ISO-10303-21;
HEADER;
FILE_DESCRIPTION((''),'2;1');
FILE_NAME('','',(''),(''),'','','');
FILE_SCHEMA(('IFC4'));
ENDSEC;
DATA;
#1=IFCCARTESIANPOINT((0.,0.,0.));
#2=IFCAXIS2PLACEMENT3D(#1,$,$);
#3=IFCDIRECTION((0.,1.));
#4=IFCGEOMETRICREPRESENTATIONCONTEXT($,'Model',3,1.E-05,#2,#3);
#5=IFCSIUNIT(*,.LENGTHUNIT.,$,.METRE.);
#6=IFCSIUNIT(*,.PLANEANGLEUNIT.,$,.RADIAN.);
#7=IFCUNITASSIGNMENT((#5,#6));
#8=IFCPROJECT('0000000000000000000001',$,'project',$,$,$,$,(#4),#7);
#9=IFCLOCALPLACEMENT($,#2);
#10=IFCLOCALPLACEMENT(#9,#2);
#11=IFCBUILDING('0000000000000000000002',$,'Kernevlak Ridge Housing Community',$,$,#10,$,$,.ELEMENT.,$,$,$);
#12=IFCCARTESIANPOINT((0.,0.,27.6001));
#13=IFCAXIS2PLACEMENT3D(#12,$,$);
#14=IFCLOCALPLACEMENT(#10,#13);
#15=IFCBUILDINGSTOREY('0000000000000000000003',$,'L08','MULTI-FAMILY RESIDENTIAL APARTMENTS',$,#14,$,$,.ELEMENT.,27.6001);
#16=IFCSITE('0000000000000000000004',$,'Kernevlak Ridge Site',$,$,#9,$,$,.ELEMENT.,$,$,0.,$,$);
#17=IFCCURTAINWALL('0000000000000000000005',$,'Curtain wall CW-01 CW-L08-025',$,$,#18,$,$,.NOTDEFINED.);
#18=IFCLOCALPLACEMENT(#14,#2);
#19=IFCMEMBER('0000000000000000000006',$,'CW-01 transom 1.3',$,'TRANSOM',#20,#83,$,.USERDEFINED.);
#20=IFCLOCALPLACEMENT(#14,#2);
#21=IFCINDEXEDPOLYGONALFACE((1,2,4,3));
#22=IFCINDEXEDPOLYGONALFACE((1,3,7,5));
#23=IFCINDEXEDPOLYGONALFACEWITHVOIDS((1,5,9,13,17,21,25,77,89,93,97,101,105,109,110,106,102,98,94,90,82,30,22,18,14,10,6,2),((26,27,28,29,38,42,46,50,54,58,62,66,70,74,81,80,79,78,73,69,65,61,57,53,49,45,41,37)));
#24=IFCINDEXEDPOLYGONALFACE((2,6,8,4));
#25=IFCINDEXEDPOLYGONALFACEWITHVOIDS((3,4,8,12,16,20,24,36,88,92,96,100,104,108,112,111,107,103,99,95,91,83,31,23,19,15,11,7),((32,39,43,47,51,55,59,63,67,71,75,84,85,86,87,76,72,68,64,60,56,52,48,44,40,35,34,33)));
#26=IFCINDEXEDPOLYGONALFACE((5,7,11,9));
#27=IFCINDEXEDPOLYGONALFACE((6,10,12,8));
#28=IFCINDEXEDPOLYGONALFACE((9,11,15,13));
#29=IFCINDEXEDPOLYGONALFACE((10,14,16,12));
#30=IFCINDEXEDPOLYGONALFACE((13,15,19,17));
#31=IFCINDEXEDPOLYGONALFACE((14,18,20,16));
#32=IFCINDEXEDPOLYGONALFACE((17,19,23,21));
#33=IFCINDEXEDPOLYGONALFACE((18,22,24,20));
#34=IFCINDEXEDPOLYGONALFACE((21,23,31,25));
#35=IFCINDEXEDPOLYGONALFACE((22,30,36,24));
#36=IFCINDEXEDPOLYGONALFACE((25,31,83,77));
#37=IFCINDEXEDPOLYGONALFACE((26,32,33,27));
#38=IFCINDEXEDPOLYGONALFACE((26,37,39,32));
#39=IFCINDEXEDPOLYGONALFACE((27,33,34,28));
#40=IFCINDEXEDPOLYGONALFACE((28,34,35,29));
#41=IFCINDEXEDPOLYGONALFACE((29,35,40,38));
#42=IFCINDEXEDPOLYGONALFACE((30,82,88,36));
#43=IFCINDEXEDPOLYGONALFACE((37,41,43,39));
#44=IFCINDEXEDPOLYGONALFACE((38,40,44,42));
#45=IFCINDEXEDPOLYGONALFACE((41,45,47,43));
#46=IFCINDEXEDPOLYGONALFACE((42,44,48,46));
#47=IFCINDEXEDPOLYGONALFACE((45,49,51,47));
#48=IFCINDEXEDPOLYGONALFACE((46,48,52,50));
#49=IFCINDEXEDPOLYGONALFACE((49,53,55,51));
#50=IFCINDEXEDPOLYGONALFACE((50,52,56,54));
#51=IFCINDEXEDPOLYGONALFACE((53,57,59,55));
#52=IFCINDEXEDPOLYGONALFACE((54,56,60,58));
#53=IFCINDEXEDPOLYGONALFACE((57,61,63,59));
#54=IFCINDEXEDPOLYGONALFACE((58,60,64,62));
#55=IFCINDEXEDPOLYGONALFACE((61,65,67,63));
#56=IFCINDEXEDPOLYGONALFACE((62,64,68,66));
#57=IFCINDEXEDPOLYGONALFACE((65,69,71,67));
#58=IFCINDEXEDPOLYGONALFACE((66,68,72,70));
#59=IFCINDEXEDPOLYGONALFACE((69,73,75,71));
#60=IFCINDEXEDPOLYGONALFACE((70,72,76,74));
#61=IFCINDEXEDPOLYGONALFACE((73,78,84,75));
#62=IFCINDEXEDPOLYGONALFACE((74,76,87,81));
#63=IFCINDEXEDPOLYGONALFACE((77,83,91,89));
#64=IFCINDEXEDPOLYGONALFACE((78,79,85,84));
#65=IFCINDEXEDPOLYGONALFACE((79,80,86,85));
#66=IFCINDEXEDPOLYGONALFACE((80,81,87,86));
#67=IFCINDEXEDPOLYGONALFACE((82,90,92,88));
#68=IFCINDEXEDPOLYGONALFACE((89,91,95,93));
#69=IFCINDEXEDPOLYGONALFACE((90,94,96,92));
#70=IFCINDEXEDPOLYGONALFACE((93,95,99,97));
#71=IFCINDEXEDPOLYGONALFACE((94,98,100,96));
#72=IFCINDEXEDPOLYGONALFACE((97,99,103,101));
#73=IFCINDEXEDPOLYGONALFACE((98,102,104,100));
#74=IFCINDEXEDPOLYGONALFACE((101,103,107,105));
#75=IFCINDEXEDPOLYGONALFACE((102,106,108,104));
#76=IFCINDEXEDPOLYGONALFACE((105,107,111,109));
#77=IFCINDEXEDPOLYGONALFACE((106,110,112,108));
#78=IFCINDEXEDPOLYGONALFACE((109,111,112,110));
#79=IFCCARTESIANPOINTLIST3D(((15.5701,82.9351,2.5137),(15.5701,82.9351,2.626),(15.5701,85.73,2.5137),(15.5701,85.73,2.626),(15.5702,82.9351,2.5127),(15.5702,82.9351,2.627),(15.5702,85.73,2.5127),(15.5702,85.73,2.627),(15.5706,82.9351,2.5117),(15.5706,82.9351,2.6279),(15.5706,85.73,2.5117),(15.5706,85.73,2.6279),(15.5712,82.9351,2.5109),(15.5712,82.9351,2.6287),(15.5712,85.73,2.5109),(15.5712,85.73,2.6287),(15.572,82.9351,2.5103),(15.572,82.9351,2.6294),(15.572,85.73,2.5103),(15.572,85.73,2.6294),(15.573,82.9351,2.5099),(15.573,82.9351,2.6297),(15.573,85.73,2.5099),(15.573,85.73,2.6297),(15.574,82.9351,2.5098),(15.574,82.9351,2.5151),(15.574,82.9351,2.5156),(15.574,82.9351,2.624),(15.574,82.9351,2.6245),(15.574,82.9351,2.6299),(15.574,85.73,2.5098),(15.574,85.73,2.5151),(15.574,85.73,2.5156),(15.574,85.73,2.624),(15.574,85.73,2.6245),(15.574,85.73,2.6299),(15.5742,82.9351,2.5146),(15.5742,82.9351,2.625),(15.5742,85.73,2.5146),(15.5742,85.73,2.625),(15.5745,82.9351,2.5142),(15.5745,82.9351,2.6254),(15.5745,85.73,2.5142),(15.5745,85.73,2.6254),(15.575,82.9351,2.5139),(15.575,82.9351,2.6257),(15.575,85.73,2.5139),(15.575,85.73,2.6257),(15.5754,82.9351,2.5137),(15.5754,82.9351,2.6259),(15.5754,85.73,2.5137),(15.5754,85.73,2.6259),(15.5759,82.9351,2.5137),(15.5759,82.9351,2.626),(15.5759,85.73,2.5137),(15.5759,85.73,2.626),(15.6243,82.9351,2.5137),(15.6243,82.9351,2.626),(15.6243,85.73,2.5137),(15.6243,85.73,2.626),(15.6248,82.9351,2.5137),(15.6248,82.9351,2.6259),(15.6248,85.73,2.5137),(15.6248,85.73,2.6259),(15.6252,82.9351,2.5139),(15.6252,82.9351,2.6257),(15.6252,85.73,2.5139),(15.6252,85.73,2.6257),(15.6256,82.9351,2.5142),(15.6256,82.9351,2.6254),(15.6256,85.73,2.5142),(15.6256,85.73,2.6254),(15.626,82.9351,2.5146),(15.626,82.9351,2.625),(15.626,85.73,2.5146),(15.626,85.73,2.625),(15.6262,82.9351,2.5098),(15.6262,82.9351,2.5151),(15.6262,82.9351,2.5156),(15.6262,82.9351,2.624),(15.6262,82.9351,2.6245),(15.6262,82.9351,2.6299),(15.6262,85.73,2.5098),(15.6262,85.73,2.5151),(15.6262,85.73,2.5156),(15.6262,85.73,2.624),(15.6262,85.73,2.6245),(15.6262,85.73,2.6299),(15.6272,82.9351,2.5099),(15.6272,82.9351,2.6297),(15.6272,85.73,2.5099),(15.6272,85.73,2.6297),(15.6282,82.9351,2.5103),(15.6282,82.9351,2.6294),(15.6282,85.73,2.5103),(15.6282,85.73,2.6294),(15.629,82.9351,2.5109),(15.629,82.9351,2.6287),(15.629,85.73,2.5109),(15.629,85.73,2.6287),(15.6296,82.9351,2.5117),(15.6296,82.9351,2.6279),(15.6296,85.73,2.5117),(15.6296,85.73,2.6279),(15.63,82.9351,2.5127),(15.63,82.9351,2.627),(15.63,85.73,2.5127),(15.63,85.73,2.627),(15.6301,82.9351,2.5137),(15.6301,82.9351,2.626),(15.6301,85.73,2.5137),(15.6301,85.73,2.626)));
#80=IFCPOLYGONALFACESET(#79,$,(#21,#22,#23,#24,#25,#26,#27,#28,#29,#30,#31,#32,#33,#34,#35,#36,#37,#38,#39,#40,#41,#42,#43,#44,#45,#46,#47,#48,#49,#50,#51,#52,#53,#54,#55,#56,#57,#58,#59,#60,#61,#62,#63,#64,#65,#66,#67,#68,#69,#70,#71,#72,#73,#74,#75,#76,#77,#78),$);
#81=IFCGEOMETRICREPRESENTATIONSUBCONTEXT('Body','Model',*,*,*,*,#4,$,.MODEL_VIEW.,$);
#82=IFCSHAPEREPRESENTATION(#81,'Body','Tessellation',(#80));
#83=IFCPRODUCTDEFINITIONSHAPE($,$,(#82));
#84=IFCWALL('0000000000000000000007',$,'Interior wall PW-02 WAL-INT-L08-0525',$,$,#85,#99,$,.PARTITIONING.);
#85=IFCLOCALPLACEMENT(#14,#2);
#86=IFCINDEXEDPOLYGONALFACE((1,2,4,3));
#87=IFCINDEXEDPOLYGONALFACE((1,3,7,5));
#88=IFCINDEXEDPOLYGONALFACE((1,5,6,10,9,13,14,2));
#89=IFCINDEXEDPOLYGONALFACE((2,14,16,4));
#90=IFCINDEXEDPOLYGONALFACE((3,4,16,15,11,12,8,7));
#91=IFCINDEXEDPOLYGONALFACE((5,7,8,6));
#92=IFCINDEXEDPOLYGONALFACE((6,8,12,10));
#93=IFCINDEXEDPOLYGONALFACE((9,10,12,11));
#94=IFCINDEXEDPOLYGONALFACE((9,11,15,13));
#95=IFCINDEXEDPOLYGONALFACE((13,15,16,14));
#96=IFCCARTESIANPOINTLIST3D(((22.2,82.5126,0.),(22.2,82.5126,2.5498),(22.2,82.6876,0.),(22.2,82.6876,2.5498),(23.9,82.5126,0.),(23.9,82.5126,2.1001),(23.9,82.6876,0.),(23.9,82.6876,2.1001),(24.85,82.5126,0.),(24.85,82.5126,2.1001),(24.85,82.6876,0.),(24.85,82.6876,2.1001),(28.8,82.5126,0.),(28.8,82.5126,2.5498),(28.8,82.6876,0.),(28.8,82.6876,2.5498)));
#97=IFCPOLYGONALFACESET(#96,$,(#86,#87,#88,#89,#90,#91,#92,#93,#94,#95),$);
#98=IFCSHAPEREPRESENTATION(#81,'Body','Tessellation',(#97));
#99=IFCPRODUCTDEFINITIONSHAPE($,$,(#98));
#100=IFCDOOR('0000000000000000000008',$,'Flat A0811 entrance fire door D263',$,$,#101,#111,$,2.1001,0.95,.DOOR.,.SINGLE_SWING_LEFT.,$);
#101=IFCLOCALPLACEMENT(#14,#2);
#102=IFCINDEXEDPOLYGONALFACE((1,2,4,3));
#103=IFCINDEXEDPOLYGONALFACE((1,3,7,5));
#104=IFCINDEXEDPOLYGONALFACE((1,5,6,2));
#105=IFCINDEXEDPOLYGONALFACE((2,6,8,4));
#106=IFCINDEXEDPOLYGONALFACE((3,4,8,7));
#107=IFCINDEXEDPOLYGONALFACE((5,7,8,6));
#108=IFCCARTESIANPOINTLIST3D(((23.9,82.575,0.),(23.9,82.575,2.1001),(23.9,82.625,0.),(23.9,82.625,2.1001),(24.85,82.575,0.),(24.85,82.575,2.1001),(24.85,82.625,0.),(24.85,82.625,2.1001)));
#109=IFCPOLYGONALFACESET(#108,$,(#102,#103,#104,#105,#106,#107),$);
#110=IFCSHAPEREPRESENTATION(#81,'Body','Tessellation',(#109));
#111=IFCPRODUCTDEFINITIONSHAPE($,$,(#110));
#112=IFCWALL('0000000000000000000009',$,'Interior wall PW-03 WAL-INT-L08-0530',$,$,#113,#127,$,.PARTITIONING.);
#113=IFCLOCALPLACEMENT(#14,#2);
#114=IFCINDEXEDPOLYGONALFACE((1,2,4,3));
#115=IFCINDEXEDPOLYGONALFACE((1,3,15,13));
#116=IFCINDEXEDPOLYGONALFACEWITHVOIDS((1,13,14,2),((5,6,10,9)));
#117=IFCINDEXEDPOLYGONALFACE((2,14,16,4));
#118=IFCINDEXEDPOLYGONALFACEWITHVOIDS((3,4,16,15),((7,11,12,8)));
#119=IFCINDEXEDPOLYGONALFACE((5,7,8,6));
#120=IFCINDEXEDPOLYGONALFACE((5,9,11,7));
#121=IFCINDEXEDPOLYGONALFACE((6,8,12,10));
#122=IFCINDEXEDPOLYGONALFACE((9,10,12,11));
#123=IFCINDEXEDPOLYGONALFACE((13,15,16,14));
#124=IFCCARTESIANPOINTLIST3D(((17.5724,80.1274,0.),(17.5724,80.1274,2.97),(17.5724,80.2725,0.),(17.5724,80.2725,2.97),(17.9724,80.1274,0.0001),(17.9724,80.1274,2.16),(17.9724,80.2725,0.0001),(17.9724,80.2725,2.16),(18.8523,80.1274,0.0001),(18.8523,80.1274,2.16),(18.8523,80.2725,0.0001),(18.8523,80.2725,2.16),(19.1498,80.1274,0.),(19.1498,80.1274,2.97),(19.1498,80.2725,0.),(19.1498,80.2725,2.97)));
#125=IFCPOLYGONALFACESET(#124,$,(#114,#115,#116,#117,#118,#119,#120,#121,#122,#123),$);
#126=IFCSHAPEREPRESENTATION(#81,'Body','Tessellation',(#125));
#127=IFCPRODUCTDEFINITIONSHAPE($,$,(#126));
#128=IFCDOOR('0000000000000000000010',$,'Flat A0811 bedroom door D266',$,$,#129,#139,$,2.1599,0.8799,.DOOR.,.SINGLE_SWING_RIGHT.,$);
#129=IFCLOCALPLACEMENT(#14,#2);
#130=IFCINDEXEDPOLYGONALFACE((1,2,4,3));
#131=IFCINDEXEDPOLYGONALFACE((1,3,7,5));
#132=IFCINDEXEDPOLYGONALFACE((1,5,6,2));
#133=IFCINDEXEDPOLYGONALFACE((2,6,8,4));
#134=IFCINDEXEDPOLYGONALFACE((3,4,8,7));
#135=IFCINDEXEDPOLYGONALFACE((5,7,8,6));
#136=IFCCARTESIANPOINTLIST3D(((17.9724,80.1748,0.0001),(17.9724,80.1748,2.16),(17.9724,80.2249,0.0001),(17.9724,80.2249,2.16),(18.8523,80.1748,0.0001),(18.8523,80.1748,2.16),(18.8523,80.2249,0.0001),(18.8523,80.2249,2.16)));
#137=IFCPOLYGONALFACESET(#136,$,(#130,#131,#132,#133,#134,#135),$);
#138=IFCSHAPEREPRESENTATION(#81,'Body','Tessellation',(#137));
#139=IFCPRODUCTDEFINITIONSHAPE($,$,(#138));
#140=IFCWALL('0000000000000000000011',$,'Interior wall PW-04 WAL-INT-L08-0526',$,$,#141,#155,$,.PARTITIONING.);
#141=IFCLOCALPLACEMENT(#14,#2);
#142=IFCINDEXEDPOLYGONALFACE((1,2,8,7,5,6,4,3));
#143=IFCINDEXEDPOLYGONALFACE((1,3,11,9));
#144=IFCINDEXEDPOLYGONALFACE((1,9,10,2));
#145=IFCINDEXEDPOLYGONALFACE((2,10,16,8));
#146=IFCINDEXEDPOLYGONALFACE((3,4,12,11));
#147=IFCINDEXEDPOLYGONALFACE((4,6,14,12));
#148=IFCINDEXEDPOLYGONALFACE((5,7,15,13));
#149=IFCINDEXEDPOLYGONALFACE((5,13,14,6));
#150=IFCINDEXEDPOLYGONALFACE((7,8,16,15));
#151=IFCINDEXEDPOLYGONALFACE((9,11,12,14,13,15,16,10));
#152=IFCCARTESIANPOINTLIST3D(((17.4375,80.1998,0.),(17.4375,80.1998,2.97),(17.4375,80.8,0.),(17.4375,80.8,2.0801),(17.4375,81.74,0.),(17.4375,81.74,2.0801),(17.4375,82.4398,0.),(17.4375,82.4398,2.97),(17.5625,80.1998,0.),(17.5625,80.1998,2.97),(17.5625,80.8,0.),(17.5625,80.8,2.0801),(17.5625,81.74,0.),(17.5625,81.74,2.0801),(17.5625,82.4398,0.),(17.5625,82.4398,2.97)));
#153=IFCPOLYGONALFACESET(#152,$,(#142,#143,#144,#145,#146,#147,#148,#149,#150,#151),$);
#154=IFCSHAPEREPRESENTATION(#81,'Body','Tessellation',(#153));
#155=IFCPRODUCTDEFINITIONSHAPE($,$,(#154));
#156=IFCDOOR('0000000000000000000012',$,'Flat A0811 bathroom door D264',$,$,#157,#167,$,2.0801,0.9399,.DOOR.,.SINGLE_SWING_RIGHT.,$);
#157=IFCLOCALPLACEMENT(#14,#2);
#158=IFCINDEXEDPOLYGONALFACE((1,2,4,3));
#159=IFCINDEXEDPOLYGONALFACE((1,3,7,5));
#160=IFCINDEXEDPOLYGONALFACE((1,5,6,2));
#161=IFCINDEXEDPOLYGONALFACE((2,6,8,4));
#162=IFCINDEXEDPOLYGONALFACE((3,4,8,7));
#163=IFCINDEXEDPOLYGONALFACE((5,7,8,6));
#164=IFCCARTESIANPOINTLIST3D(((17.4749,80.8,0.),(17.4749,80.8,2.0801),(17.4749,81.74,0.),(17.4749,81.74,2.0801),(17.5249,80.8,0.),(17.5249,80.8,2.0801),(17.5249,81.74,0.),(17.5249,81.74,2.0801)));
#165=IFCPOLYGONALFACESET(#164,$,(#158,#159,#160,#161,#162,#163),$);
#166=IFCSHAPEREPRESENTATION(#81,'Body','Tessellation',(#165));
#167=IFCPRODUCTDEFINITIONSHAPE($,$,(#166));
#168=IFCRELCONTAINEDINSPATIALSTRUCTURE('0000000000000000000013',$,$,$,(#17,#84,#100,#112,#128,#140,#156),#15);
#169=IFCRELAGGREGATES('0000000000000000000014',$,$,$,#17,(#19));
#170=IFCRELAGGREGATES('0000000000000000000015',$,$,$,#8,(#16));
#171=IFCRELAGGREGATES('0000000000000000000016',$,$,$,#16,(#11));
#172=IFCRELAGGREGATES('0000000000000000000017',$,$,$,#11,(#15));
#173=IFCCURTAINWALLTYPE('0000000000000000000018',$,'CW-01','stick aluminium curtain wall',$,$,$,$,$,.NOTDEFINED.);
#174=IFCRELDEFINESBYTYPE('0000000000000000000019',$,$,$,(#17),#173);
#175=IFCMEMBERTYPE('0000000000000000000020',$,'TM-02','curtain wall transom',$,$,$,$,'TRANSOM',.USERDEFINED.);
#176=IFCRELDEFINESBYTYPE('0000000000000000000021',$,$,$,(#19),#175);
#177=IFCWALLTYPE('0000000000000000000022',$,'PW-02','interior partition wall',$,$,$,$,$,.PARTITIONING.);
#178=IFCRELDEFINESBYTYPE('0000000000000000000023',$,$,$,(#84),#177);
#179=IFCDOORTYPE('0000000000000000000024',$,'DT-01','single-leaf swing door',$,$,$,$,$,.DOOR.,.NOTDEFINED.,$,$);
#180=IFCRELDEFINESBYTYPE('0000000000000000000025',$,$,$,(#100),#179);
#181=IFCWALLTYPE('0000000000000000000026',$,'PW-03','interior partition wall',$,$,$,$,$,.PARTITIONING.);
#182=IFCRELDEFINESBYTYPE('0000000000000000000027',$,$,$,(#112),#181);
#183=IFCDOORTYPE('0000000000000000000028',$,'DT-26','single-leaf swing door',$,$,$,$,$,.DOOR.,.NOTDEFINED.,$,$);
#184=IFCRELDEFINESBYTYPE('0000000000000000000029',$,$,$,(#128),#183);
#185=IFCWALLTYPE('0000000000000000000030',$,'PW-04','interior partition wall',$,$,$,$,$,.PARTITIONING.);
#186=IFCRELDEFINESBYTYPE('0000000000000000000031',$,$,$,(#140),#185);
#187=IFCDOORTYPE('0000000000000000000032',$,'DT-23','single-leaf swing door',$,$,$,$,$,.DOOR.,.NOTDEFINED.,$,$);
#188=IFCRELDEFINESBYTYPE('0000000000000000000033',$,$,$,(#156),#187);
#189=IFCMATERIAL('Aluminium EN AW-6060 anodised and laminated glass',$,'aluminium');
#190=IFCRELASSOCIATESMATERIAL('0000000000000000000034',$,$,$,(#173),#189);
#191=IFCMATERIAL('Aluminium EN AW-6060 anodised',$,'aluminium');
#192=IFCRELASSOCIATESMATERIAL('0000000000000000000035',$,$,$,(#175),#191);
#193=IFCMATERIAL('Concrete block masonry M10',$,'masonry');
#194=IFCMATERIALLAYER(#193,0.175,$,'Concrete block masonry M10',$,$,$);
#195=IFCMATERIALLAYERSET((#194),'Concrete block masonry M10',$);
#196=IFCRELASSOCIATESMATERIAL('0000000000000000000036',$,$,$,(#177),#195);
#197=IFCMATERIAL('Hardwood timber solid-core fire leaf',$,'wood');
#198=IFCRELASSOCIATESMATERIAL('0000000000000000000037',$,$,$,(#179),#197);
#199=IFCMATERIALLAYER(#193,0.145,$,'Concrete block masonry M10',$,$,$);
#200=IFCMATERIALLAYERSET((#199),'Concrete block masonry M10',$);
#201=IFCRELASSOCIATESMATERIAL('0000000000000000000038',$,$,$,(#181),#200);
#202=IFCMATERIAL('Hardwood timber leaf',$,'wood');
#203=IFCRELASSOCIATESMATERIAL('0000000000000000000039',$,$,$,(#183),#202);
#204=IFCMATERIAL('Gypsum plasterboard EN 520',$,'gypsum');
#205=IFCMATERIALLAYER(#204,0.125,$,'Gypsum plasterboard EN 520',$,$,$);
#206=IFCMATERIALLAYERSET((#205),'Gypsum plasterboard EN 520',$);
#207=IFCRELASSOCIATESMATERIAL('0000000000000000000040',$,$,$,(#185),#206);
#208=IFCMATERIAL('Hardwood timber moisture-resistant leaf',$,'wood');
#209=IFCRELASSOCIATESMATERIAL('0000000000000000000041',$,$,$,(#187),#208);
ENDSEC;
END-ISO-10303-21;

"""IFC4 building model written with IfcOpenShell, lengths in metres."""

from ifc_helpers import new_model, si_unit, direction, frame, frame_2d, origin, origin_2d, place, context, subcontext, project, spatial, rectangle, hollow_rectangle, extrude, material, layer, layer_set, material_profile, profile_set, type_object, element, fill, aggregate, save


model = new_model("IFC4")

# Units and contexts
model_context = context("Model", 3, precision=1e-05, world=origin(), true_north=direction((0.0, 1.0)))
body_context = subcontext(model_context, "Body", "Model", "MODEL_VIEW")
ifc_project = project(units=[si_unit("LENGTHUNIT", "METRE"), si_unit("PLANEANGLEUNIT", "RADIAN")], contexts=[model_context])

# Site, building, storey
site_placement = place(None, origin())
site = spatial("IfcSite", under=ifc_project, at=site_placement, Name="Kernevlak Ridge Site", CompositionType="ELEMENT", RefElevation=0.0)
building_placement = place(site_placement, origin())
building = spatial("IfcBuilding", under=site, at=building_placement, Name="Kernevlak Ridge Housing Community", CompositionType="ELEMENT")
storey_placement = place(building_placement, frame((0.0, 0.0, 27.6001)))
storey = spatial("IfcBuildingStorey", under=building, at=storey_placement, Name="L08", Description="MULTI-FAMILY RESIDENTIAL APARTMENTS", CompositionType="ELEMENT", Elevation=27.6001)

# Curtain wall
ifc_material_1 = material(Name="Aluminium EN AW-6060 anodised and laminated glass", Category="aluminium")
curtain_wall_type = type_object("IfcCurtainWallType", Name="CW-01", Description="stick aluminium curtain wall", PredefinedType="NOTDEFINED", material=ifc_material_1)
curtain_wall_placement = place(storey_placement, origin())
curtain_wall = element("IfcCurtainWall", 1, at=curtain_wall_placement, inside=storey, type_object=curtain_wall_type, Name="Curtain wall CW-01 CW-L08-025", PredefinedType="NOTDEFINED")
ifc_material_2 = material(Name="Aluminium EN AW-6060 anodised", Category="aluminium")

# Member
ifc_material_profile_1 = material_profile(ifc_material_2, hollow_rectangle(XDim=0.0601, YDim=0.1201, WallThickness=0.0039, InnerFilletRadius=0.002, OuterFilletRadius=0.0039, at=origin_2d()), Name="ALU 60x120x4")
ifc_profile_set_1 = profile_set([ifc_material_profile_1], Name="Aluminium EN AW-6060 anodised")
member_type_1 = type_object("IfcMemberType", Name="TM-02", Description="curtain wall transom", ElementType="TRANSOM", PredefinedType="USERDEFINED", material=ifc_profile_set_1)
member_1_placement = place(storey_placement, frame((15.6001, 82.9351, 2.5698), z_axis=(0.0, 1.0, 0.0), x_axis=(-1.0, 0.0, 0.0)))
member_1 = element("IfcMember", 2, at=member_1_placement, type_object=member_type_1, Name="CW-01 transom 1.3", ObjectType="TRANSOM", PredefinedType="USERDEFINED", context=body_context, shape_type="SweptSolid", body=[
    extrude(hollow_rectangle(XDim=0.0601, YDim=0.1201, WallThickness=0.0039, InnerFilletRadius=0.002, OuterFilletRadius=0.0039, at=origin_2d()), origin(), (0.0, 0.0, 1.0), 2.7949),
])
aggregate(curtain_wall, [member_1])

# Walls, openings, doors
ifc_material_3 = material(Name="Concrete block masonry M10", Category="masonry")
ifc_layer_1 = layer(ifc_material_3, 0.175, Name="Concrete block masonry M10")
ifc_layer_set_1 = layer_set([ifc_layer_1], Name="Concrete block masonry M10")
wall_type_1 = type_object("IfcWallType", Name="PW-02", Description="interior partition wall", PredefinedType="PARTITIONING", material=ifc_layer_set_1)
wall_1_placement = place(storey_placement, frame((22.2, 82.6001, 0.0), z_axis=(0.0, 0.0, 1.0), x_axis=(1.0, 0.0, 0.0)))
wall_1 = element("IfcWall", 3, at=wall_1_placement, inside=storey, type_object=wall_type_1, Name="Interior wall PW-02 WAL-INT-L08-0525", PredefinedType="PARTITIONING", context=body_context, shape_type="SweptSolid", body=[
    extrude(rectangle(XDim=6.6001, YDim=0.175, at=frame_2d((3.3, 0.0))), origin(), (0.0, 0.0, 1.0), 2.5498),
])
opening_1_placement = place(wall_1_placement, frame((1.7, 0.0, 0.0)))
opening_1 = element("IfcOpeningElement", 4, at=opening_1_placement, cuts=wall_1, PredefinedType="OPENING", context=body_context, shape_type="SweptSolid", body=[
    extrude(rectangle(XDim=0.95, YDim=2.1001, at=frame_2d((0.4751, 1.05))), frame((0.0, 0.0974, 0.0), z_axis=(0.0, -1.0, 0.0), x_axis=(1.0, 0.0, 0.0)), (0.0, 0.0, 1.0), 0.1951),
])
ifc_material_4 = material(Name="Hardwood timber solid-core fire leaf", Category="wood")
door_type_1 = type_object("IfcDoorType", Name="DT-01", Description="single-leaf swing door", OperationType="NOTDEFINED", PredefinedType="DOOR", material=ifc_material_4)
door_1_placement = place(opening_1_placement, origin())
door_1 = element("IfcDoor", 5, at=door_1_placement, inside=storey, type_object=door_type_1, Name="Flat A0811 entrance fire door D263", OperationType="SINGLE_SWING_LEFT", OverallHeight=2.1001, OverallWidth=0.95, PredefinedType="DOOR", context=body_context, shape_type="SweptSolid", body=[
    extrude(rectangle(XDim=0.95, YDim=2.1001, at=frame_2d((0.4751, 1.05))), frame((0.0, 0.0249, 0.0), z_axis=(0.0, -1.0, 0.0), x_axis=(1.0, 0.0, 0.0)), (0.0, 0.0, 1.0), 0.05),
])
fill(opening_1, door_1)
ifc_layer_2 = layer(ifc_material_3, 0.145, Name="Concrete block masonry M10")
ifc_layer_set_2 = layer_set([ifc_layer_2], Name="Concrete block masonry M10")
wall_type_2 = type_object("IfcWallType", Name="PW-03", Description="interior partition wall", PredefinedType="PARTITIONING", material=ifc_layer_set_2)
wall_2_placement = place(storey_placement, frame((17.5725, 80.2, 0.0), z_axis=(0.0, 0.0, 1.0), x_axis=(1.0, 0.0, 0.0)))
wall_2 = element("IfcWall", 6, at=wall_2_placement, inside=storey, type_object=wall_type_2, Name="Interior wall PW-03 WAL-INT-L08-0530", PredefinedType="PARTITIONING", context=body_context, shape_type="SweptSolid", body=[
    extrude(rectangle(XDim=1.5774, YDim=0.145, at=frame_2d((0.7886, 0.0))), origin(), (0.0, 0.0, 1.0), 2.97),
])
opening_2_placement = place(wall_2_placement, frame((0.3999, 0.0, 0.0)))
opening_2 = element("IfcOpeningElement", 7, at=opening_2_placement, cuts=wall_2, PredefinedType="OPENING", context=body_context, shape_type="SweptSolid", body=[
    extrude(rectangle(XDim=0.8799, YDim=2.1599, at=frame_2d((0.4399, 1.0801))), frame((0.0, 0.0825, 0.0), z_axis=(0.0, -1.0, 0.0), x_axis=(1.0, 0.0, 0.0)), (0.0, 0.0, 1.0), 0.165),
])
ifc_material_5 = material(Name="Hardwood timber leaf", Category="wood")
door_type_2 = type_object("IfcDoorType", Name="DT-26", Description="single-leaf swing door", OperationType="NOTDEFINED", PredefinedType="DOOR", material=ifc_material_5)
door_2_placement = place(opening_2_placement, origin())
door_2 = element("IfcDoor", 8, at=door_2_placement, inside=storey, type_object=door_type_2, Name="Flat A0811 bedroom door D266", OperationType="SINGLE_SWING_RIGHT", OverallHeight=2.1599, OverallWidth=0.8799, PredefinedType="DOOR", context=body_context, shape_type="SweptSolid", body=[
    extrude(rectangle(XDim=0.8799, YDim=2.1599, at=frame_2d((0.4399, 1.0801))), frame((0.0, 0.0249, 0.0), z_axis=(0.0, -1.0, 0.0), x_axis=(1.0, 0.0, 0.0)), (0.0, 0.0, 1.0), 0.05),
])
fill(opening_2, door_2)
ifc_material_6 = material(Name="Gypsum plasterboard EN 520", Category="gypsum")
ifc_layer_3 = layer(ifc_material_6, 0.125, Name="Gypsum plasterboard EN 520")
ifc_layer_set_3 = layer_set([ifc_layer_3], Name="Gypsum plasterboard EN 520")
wall_type_3 = type_object("IfcWallType", Name="PW-04", Description="interior partition wall", PredefinedType="PARTITIONING", material=ifc_layer_set_3)
wall_3_placement = place(storey_placement, frame((17.5, 82.4399, 0.0), z_axis=(0.0, 0.0, 1.0), x_axis=(0.0, -1.0, 0.0)))
wall_3 = element("IfcWall", 9, at=wall_3_placement, inside=storey, type_object=wall_type_3, Name="Interior wall PW-04 WAL-INT-L08-0526", PredefinedType="PARTITIONING", context=body_context, shape_type="SweptSolid", body=[
    extrude(rectangle(XDim=2.24, YDim=0.125, at=frame_2d((1.1201, 0.0))), origin(), (0.0, 0.0, 1.0), 2.97),
])
opening_3_placement = place(wall_3_placement, frame((0.7, 0.0, 0.0)))
opening_3 = element("IfcOpeningElement", 10, at=opening_3_placement, cuts=wall_3, PredefinedType="OPENING", context=body_context, shape_type="SweptSolid", body=[
    extrude(rectangle(XDim=0.9399, YDim=2.0801, at=frame_2d((0.47, 1.04))), frame((0.0, 0.0725, 0.0), z_axis=(0.0, -1.0, 0.0), x_axis=(1.0, 0.0, 0.0)), (0.0, 0.0, 1.0), 0.145),
])
ifc_material_7 = material(Name="Hardwood timber moisture-resistant leaf", Category="wood")
door_type_3 = type_object("IfcDoorType", Name="DT-23", Description="single-leaf swing door", OperationType="NOTDEFINED", PredefinedType="DOOR", material=ifc_material_7)
door_3_placement = place(opening_3_placement, origin())
door_3 = element("IfcDoor", 11, at=door_3_placement, inside=storey, type_object=door_type_3, Name="Flat A0811 bathroom door D264", OperationType="SINGLE_SWING_RIGHT", OverallHeight=2.0801, OverallWidth=0.9399, PredefinedType="DOOR", context=body_context, shape_type="SweptSolid", body=[
    extrude(rectangle(XDim=0.9399, YDim=2.0801, at=frame_2d((0.47, 1.04))), frame((0.0, 0.0249, 0.0), z_axis=(0.0, -1.0, 0.0), x_axis=(1.0, 0.0, 0.0)), (0.0, 0.0, 1.0), 0.05),
])
fill(opening_3, door_3)

save(model, "model.ifc")
